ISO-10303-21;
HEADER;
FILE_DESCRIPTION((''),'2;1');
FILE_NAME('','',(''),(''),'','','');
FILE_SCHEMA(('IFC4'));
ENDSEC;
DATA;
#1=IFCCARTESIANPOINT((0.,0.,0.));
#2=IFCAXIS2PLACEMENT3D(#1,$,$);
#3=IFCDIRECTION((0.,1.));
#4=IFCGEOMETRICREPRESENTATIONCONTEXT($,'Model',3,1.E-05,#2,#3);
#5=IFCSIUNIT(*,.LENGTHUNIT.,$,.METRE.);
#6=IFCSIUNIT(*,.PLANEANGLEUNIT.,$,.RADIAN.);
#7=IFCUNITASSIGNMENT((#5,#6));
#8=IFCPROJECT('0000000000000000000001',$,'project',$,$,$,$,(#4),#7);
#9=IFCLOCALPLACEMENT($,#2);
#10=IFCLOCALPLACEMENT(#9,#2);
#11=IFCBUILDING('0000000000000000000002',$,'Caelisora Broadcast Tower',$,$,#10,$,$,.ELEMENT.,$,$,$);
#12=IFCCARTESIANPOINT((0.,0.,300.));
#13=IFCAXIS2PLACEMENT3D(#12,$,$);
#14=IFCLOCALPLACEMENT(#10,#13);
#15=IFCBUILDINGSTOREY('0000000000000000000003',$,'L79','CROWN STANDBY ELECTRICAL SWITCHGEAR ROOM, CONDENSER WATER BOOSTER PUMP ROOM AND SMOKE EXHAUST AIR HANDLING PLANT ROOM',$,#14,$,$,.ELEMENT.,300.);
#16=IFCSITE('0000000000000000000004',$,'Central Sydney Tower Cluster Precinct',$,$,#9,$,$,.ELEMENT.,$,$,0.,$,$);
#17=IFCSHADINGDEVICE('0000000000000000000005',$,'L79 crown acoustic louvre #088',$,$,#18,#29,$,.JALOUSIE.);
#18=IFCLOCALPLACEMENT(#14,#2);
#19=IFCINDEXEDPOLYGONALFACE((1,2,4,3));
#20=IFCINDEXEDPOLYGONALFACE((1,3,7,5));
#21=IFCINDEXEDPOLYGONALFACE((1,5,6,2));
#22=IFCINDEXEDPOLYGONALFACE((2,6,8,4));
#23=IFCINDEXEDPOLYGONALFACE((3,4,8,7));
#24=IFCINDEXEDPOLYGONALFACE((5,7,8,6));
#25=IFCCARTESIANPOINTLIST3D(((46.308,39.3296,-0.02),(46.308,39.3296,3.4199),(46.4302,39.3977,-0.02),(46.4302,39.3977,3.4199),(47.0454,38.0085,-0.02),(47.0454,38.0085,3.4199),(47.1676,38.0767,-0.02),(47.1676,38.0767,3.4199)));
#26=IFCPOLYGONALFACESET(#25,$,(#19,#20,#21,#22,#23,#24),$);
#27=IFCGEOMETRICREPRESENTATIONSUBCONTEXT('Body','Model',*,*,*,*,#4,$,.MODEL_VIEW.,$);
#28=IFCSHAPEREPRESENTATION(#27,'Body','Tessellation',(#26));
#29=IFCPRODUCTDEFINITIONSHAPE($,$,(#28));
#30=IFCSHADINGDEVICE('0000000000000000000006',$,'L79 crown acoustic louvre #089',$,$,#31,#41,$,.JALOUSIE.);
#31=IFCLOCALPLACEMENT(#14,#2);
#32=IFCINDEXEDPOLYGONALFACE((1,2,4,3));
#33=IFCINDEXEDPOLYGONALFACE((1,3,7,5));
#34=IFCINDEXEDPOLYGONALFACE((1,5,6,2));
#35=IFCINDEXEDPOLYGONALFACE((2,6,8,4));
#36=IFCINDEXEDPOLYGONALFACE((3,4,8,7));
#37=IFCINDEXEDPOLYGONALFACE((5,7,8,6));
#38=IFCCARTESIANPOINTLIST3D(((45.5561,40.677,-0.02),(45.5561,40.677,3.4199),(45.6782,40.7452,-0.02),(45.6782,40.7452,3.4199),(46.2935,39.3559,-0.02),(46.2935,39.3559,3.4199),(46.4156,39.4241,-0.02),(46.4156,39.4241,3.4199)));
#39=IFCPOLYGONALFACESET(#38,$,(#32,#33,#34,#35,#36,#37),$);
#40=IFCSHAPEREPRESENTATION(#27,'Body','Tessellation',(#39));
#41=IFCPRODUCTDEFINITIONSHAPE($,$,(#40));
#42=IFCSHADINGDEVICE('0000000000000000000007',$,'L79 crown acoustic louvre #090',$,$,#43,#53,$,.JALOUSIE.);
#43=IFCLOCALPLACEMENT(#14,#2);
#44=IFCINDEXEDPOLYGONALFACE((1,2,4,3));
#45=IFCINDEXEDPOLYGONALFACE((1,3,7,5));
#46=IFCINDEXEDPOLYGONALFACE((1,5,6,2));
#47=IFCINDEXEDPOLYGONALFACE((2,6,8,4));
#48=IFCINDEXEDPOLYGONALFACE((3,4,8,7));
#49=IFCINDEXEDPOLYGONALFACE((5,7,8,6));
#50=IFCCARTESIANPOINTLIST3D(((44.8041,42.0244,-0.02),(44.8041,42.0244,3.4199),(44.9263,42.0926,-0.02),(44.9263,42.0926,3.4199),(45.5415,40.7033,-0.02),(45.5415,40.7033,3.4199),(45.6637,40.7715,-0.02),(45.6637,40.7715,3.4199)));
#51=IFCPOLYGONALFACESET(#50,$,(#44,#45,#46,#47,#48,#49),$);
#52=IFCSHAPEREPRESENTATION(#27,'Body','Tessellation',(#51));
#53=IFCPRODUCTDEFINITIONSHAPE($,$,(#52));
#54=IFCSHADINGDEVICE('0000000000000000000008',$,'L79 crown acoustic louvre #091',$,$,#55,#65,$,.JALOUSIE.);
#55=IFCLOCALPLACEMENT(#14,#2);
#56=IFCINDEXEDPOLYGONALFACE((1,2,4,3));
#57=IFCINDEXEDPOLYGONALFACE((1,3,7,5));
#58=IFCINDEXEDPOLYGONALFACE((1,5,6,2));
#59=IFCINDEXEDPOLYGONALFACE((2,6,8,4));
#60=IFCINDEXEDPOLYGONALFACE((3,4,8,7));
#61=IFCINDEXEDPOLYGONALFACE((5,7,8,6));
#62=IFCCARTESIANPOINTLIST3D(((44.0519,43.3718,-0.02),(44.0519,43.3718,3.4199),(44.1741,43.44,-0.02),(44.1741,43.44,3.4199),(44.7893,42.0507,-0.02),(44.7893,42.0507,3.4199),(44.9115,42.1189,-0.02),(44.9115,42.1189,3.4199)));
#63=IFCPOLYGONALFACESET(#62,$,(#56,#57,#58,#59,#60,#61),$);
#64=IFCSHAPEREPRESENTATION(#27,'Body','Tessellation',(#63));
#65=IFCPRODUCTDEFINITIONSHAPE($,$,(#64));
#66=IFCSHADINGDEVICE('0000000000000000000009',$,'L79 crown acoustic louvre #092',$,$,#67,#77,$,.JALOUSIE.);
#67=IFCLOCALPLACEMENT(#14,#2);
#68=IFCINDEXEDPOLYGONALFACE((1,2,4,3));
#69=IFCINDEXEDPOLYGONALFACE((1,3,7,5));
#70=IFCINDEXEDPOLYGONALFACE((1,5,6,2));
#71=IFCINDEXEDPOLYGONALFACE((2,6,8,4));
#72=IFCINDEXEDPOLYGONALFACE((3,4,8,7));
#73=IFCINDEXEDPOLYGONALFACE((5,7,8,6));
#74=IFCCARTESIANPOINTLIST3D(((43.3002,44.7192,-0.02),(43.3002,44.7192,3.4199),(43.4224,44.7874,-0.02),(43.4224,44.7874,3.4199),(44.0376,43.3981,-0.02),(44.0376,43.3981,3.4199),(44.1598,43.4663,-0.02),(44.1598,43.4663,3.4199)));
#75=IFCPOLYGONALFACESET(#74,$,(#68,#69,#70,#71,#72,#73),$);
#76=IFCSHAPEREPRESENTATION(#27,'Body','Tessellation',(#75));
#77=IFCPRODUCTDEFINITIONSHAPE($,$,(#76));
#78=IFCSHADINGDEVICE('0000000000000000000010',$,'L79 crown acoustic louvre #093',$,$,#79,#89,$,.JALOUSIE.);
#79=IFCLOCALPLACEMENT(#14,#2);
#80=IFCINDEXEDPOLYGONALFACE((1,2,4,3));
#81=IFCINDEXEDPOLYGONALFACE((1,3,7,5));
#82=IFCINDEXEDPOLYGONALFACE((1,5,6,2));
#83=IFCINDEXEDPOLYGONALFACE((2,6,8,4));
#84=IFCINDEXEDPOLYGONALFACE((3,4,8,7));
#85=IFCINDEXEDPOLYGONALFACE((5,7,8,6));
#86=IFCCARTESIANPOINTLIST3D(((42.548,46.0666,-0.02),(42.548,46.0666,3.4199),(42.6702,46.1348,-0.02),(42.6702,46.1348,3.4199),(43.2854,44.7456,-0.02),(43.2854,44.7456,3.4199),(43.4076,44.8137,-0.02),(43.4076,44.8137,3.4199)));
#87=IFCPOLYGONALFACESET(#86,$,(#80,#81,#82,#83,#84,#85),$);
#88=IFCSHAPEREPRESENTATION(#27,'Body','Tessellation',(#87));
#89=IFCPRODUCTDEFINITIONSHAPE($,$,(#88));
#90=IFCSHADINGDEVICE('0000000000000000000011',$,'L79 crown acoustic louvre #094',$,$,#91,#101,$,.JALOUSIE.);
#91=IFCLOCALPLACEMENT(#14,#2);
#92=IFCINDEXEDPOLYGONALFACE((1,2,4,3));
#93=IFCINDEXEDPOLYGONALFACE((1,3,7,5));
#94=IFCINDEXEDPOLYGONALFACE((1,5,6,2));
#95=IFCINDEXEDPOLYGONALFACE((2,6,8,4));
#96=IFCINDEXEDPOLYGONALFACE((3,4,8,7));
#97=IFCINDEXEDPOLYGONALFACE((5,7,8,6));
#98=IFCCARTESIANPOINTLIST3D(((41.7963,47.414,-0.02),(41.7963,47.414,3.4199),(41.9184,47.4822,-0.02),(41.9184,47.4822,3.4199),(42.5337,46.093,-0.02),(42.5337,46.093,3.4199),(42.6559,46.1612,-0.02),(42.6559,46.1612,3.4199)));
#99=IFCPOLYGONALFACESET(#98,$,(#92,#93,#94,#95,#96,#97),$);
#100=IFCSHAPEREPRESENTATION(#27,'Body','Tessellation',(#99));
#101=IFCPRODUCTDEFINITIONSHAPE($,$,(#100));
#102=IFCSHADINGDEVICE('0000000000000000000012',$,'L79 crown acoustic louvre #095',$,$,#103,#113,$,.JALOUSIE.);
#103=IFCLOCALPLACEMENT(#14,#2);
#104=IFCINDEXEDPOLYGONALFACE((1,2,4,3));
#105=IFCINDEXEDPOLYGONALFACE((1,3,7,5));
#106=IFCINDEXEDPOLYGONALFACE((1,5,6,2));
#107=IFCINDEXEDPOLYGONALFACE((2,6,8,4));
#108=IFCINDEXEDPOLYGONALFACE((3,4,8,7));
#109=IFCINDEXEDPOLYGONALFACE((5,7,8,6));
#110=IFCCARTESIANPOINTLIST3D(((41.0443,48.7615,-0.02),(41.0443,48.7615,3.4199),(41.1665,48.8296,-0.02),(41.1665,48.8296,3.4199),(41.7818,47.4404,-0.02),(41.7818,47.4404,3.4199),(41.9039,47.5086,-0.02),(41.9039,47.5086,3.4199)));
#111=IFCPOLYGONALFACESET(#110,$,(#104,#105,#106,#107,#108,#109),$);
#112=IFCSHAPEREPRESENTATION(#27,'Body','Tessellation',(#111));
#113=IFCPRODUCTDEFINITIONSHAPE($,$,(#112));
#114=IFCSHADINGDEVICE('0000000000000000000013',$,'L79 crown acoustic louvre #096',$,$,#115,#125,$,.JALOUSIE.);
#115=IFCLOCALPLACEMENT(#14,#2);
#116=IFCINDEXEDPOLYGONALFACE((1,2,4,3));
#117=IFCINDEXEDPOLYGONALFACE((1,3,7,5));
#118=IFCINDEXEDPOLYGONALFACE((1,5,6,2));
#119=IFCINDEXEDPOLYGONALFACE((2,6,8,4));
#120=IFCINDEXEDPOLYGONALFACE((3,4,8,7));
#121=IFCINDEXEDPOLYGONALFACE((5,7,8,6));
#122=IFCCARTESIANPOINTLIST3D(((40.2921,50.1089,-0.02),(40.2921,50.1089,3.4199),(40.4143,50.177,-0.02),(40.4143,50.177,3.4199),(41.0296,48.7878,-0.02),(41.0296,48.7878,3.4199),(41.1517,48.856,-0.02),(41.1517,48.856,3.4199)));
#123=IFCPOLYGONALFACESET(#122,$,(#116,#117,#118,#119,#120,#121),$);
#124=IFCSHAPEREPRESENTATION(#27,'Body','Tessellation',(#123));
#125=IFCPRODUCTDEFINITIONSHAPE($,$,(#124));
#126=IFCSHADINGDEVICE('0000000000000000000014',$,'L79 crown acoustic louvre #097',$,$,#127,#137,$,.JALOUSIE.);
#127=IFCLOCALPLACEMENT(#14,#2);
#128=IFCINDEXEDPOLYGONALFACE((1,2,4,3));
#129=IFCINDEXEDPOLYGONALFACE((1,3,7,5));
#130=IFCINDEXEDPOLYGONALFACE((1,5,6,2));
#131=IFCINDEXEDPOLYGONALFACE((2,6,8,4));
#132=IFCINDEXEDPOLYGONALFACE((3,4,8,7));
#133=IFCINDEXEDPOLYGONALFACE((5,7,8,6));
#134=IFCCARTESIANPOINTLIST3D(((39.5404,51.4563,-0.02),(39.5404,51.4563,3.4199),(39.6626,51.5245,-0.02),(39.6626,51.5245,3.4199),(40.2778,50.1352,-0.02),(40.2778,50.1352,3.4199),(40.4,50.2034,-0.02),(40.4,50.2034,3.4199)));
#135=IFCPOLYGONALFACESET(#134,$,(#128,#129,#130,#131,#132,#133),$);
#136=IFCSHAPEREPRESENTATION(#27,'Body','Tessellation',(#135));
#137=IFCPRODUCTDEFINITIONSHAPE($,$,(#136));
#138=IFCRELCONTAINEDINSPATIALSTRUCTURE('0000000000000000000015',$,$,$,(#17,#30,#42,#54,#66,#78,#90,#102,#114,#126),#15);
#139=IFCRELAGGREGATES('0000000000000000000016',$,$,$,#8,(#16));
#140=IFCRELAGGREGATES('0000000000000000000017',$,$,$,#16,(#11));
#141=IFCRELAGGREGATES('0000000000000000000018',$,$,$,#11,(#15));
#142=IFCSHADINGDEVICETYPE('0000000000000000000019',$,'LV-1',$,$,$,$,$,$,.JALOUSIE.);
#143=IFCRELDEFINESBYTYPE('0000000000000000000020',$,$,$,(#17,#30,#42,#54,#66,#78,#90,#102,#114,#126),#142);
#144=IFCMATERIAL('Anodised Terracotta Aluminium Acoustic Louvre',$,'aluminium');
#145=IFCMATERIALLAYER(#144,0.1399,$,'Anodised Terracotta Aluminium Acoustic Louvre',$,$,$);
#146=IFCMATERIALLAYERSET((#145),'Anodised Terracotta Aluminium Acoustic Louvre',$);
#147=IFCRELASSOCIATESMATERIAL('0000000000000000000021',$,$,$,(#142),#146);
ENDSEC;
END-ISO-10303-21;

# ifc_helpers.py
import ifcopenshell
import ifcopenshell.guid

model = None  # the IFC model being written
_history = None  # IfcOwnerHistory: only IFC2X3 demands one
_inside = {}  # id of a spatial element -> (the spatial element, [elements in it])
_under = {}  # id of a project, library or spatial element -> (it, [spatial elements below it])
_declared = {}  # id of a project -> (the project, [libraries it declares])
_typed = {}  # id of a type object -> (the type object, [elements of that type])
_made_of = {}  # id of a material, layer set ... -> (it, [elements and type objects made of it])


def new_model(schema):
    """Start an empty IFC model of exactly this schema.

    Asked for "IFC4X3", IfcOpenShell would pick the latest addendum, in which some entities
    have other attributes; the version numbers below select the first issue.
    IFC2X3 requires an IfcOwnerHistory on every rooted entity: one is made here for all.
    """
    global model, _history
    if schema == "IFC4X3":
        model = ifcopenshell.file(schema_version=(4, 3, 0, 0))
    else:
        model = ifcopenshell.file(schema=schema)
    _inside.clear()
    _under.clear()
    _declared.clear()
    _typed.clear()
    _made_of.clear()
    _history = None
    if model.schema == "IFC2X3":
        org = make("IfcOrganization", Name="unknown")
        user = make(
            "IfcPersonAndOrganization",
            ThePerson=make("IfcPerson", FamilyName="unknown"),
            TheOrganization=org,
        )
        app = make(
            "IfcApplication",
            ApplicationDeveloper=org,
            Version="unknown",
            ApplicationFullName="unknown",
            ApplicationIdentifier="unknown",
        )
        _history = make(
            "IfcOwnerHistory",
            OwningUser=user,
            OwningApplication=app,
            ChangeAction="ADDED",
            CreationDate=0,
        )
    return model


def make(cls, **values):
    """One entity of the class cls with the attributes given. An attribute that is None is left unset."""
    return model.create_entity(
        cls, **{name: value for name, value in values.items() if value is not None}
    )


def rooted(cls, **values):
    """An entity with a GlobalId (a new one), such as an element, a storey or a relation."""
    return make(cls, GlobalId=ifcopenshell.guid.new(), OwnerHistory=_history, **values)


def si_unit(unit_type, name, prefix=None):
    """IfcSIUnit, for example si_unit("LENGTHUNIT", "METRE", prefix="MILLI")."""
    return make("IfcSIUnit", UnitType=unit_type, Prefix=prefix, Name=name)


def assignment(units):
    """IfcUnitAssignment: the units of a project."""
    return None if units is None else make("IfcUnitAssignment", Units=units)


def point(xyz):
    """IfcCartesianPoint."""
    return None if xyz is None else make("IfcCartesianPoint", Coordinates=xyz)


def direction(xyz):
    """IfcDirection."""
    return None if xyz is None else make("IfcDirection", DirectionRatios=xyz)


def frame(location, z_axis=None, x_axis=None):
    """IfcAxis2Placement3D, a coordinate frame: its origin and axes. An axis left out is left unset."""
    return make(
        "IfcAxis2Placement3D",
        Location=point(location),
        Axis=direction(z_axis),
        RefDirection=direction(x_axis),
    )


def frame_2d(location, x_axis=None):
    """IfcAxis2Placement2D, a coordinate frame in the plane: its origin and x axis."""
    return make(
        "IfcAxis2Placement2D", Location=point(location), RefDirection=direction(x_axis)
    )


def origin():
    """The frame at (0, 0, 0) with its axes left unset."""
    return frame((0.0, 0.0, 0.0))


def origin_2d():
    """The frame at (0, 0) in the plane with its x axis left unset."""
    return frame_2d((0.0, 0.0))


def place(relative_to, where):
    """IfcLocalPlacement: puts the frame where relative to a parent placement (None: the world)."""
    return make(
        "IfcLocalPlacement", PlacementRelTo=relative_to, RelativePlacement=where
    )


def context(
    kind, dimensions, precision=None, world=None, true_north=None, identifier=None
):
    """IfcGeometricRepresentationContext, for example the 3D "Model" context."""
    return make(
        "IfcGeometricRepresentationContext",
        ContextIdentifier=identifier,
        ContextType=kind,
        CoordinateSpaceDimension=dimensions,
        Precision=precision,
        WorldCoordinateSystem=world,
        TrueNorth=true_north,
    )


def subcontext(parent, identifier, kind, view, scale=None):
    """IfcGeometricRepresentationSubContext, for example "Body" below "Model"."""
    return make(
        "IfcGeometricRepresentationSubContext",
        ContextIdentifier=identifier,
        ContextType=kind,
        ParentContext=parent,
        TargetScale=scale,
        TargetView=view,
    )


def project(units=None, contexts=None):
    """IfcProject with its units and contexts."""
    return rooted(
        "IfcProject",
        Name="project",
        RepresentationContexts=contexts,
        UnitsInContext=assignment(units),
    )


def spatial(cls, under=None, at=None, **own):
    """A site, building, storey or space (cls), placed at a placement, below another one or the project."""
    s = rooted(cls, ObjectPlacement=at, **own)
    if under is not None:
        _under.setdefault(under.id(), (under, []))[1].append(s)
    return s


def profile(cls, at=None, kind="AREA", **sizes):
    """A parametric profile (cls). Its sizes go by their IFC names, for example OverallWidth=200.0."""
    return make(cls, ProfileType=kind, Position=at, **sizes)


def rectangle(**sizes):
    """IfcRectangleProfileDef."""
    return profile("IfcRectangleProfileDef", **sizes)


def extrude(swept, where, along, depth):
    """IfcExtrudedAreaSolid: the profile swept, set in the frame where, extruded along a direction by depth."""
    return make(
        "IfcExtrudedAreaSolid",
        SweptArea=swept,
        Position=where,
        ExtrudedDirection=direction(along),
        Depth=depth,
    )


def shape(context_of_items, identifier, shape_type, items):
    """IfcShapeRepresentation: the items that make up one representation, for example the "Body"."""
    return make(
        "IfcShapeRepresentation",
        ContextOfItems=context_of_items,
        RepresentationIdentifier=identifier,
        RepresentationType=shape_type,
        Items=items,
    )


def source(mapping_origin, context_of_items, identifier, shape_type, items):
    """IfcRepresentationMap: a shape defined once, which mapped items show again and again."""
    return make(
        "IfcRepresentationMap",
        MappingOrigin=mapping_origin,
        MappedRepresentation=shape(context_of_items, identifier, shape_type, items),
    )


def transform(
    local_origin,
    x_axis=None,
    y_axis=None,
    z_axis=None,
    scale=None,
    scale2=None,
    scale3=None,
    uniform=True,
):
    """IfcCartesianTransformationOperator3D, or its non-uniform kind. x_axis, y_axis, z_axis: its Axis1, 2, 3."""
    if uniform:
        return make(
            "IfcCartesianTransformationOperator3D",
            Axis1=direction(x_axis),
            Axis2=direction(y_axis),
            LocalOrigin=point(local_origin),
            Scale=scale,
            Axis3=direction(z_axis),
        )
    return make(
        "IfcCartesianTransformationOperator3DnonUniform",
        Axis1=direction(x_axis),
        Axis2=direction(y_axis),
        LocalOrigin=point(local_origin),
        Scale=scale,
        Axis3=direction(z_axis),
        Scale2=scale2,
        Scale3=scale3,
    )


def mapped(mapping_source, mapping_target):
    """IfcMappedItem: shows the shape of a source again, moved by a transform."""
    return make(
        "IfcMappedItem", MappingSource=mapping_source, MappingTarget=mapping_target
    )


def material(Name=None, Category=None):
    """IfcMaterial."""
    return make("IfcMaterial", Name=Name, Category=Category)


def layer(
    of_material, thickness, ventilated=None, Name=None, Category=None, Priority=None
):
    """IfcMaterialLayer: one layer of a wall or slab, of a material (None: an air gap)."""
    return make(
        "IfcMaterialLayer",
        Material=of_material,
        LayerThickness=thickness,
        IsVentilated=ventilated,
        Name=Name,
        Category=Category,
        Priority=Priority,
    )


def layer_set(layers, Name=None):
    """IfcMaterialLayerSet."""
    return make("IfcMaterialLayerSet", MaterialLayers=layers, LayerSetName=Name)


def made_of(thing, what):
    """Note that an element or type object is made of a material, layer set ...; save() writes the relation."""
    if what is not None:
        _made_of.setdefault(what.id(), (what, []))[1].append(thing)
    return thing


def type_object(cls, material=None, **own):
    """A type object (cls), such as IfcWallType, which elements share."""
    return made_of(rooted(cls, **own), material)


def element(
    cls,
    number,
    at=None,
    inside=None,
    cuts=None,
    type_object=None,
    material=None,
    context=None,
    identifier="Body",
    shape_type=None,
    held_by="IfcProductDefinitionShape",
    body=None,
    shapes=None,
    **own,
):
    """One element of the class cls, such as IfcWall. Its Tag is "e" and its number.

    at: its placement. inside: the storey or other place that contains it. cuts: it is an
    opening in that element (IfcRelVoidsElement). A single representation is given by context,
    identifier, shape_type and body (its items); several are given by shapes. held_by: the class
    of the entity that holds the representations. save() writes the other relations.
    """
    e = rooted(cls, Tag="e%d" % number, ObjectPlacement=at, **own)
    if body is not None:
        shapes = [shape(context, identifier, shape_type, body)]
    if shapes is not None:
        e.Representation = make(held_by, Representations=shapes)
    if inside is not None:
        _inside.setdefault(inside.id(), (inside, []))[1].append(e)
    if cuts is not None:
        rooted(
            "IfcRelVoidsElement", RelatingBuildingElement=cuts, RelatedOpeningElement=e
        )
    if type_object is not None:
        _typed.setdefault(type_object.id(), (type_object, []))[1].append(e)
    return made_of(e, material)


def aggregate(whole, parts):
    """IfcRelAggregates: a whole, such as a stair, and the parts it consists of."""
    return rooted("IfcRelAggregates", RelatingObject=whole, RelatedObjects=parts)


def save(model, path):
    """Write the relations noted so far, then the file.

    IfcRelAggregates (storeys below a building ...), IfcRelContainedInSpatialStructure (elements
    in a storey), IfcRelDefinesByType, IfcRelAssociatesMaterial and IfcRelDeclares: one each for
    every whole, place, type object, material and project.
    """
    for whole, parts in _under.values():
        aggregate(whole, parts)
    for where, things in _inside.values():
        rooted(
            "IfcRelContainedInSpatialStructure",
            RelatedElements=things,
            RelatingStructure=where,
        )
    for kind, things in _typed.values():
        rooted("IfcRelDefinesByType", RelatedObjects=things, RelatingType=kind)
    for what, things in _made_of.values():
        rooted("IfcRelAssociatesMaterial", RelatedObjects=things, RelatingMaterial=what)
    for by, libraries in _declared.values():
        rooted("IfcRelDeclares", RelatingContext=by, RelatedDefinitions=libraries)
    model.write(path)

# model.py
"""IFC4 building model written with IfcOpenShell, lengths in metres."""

from ifc_helpers import new_model, si_unit, direction, frame, origin, origin_2d, place, context, subcontext, project, spatial, rectangle, extrude, source, transform, mapped, material, layer, layer_set, type_object, element, save


model = new_model("IFC4")

# Units and contexts
model_context = context("Model", 3, precision=1e-05, world=origin(), true_north=direction((0.0, 1.0)))
body_context = subcontext(model_context, "Body", "Model", "MODEL_VIEW")
ifc_project = project(units=[si_unit("LENGTHUNIT", "METRE"), si_unit("PLANEANGLEUNIT", "RADIAN")], contexts=[model_context])

# Site, building, storey
site_placement = place(None, origin())
site = spatial("IfcSite", under=ifc_project, at=site_placement, Name="Central Sydney Tower Cluster Precinct", CompositionType="ELEMENT", RefElevation=0.0)
building_placement = place(site_placement, origin())
building = spatial("IfcBuilding", under=site, at=building_placement, Name="Caelisora Broadcast Tower", CompositionType="ELEMENT")
storey_placement = place(building_placement, frame((0.0, 0.0, 300.0)))
storey = spatial("IfcBuildingStorey", under=building, at=storey_placement, Name="L79", Description="CROWN STANDBY ELECTRICAL SWITCHGEAR ROOM, CONDENSER WATER BOOSTER PUMP ROOM AND SMOKE EXHAUST AIR HANDLING PLANT ROOM", CompositionType="ELEMENT", Elevation=300.0)

# Shading devices
ifc_material_1 = material(Name="Anodised Terracotta Aluminium Acoustic Louvre", Category="aluminium")
ifc_layer_1 = layer(ifc_material_1, 0.1399, Name="Anodised Terracotta Aluminium Acoustic Louvre")
ifc_layer_set_1 = layer_set([ifc_layer_1], Name="Anodised Terracotta Aluminium Acoustic Louvre")
shading_device_type = type_object("IfcShadingDeviceType", Name="LV-1", PredefinedType="JALOUSIE", material=ifc_layer_set_1)
shared_shape_1 = source(origin(), body_context, "Body", "SweptSolid", [
    extrude(rectangle(XDim=1.5129, YDim=0.1399, at=origin_2d()), origin(), (0.0, 0.0, 1.0), 3.4399),
])
for number, where, z_axis, x_axis, name in (
    (1, (46.7378, 38.7031, -0.02), (0.0, 0.0, 1.0), (-0.487403, 0.873177, 0.0), "L79 crown acoustic louvre #088"),
    (2, (45.9858, 40.0505, -0.02), (0.0, 0.0, 1.0), (-0.487403, 0.873177, 0.0), "L79 crown acoustic louvre #089"),
    (3, (45.2339, 41.3979, -0.02), (0.0, 0.0, 1.0), (-0.487403, 0.873177, 0.0), "L79 crown acoustic louvre #090"),
    (4, (44.4817, 42.7454, -0.02), (0.0, 0.0, 1.0), (-0.487403, 0.873177, 0.0), "L79 crown acoustic louvre #091"),
    (5, (43.73, 44.0928, -0.02), (0.0, 0.0, 1.0), (-0.487403, 0.873177, 0.0), "L79 crown acoustic louvre #092"),
    (6, (42.9778, 45.4402, -0.02), (0.0, 0.0, 1.0), (-0.487403, 0.873177, 0.0), "L79 crown acoustic louvre #093"),
    (7, (42.2261, 46.7876, -0.02), (0.0, 0.0, 1.0), (-0.487403, 0.873177, 0.0), "L79 crown acoustic louvre #094"),
    (8, (41.4741, 48.135, -0.02), (0.0, 0.0, 1.0), (-0.487403, 0.873177, 0.0), "L79 crown acoustic louvre #095"),
    (9, (40.7219, 49.4824, -0.02), (0.0, 0.0, 1.0), (-0.487403, 0.873177, 0.0), "L79 crown acoustic louvre #096"),
    (10, (39.9702, 50.8298, -0.02), (0.0, 0.0, 1.0), (-0.487403, 0.873177, 0.0), "L79 crown acoustic louvre #097"),
):
    element("IfcShadingDevice", number, at=place(storey_placement, frame(where, z_axis=z_axis, x_axis=x_axis)), inside=storey, type_object=shading_device_type, Name=name, PredefinedType="JALOUSIE", context=body_context, shape_type="MappedRepresentation", body=[
        mapped(shared_shape_1, transform((0.0, 0.0, 0.0), scale=1.0)),
    ])

save(model, "model.ifc")
